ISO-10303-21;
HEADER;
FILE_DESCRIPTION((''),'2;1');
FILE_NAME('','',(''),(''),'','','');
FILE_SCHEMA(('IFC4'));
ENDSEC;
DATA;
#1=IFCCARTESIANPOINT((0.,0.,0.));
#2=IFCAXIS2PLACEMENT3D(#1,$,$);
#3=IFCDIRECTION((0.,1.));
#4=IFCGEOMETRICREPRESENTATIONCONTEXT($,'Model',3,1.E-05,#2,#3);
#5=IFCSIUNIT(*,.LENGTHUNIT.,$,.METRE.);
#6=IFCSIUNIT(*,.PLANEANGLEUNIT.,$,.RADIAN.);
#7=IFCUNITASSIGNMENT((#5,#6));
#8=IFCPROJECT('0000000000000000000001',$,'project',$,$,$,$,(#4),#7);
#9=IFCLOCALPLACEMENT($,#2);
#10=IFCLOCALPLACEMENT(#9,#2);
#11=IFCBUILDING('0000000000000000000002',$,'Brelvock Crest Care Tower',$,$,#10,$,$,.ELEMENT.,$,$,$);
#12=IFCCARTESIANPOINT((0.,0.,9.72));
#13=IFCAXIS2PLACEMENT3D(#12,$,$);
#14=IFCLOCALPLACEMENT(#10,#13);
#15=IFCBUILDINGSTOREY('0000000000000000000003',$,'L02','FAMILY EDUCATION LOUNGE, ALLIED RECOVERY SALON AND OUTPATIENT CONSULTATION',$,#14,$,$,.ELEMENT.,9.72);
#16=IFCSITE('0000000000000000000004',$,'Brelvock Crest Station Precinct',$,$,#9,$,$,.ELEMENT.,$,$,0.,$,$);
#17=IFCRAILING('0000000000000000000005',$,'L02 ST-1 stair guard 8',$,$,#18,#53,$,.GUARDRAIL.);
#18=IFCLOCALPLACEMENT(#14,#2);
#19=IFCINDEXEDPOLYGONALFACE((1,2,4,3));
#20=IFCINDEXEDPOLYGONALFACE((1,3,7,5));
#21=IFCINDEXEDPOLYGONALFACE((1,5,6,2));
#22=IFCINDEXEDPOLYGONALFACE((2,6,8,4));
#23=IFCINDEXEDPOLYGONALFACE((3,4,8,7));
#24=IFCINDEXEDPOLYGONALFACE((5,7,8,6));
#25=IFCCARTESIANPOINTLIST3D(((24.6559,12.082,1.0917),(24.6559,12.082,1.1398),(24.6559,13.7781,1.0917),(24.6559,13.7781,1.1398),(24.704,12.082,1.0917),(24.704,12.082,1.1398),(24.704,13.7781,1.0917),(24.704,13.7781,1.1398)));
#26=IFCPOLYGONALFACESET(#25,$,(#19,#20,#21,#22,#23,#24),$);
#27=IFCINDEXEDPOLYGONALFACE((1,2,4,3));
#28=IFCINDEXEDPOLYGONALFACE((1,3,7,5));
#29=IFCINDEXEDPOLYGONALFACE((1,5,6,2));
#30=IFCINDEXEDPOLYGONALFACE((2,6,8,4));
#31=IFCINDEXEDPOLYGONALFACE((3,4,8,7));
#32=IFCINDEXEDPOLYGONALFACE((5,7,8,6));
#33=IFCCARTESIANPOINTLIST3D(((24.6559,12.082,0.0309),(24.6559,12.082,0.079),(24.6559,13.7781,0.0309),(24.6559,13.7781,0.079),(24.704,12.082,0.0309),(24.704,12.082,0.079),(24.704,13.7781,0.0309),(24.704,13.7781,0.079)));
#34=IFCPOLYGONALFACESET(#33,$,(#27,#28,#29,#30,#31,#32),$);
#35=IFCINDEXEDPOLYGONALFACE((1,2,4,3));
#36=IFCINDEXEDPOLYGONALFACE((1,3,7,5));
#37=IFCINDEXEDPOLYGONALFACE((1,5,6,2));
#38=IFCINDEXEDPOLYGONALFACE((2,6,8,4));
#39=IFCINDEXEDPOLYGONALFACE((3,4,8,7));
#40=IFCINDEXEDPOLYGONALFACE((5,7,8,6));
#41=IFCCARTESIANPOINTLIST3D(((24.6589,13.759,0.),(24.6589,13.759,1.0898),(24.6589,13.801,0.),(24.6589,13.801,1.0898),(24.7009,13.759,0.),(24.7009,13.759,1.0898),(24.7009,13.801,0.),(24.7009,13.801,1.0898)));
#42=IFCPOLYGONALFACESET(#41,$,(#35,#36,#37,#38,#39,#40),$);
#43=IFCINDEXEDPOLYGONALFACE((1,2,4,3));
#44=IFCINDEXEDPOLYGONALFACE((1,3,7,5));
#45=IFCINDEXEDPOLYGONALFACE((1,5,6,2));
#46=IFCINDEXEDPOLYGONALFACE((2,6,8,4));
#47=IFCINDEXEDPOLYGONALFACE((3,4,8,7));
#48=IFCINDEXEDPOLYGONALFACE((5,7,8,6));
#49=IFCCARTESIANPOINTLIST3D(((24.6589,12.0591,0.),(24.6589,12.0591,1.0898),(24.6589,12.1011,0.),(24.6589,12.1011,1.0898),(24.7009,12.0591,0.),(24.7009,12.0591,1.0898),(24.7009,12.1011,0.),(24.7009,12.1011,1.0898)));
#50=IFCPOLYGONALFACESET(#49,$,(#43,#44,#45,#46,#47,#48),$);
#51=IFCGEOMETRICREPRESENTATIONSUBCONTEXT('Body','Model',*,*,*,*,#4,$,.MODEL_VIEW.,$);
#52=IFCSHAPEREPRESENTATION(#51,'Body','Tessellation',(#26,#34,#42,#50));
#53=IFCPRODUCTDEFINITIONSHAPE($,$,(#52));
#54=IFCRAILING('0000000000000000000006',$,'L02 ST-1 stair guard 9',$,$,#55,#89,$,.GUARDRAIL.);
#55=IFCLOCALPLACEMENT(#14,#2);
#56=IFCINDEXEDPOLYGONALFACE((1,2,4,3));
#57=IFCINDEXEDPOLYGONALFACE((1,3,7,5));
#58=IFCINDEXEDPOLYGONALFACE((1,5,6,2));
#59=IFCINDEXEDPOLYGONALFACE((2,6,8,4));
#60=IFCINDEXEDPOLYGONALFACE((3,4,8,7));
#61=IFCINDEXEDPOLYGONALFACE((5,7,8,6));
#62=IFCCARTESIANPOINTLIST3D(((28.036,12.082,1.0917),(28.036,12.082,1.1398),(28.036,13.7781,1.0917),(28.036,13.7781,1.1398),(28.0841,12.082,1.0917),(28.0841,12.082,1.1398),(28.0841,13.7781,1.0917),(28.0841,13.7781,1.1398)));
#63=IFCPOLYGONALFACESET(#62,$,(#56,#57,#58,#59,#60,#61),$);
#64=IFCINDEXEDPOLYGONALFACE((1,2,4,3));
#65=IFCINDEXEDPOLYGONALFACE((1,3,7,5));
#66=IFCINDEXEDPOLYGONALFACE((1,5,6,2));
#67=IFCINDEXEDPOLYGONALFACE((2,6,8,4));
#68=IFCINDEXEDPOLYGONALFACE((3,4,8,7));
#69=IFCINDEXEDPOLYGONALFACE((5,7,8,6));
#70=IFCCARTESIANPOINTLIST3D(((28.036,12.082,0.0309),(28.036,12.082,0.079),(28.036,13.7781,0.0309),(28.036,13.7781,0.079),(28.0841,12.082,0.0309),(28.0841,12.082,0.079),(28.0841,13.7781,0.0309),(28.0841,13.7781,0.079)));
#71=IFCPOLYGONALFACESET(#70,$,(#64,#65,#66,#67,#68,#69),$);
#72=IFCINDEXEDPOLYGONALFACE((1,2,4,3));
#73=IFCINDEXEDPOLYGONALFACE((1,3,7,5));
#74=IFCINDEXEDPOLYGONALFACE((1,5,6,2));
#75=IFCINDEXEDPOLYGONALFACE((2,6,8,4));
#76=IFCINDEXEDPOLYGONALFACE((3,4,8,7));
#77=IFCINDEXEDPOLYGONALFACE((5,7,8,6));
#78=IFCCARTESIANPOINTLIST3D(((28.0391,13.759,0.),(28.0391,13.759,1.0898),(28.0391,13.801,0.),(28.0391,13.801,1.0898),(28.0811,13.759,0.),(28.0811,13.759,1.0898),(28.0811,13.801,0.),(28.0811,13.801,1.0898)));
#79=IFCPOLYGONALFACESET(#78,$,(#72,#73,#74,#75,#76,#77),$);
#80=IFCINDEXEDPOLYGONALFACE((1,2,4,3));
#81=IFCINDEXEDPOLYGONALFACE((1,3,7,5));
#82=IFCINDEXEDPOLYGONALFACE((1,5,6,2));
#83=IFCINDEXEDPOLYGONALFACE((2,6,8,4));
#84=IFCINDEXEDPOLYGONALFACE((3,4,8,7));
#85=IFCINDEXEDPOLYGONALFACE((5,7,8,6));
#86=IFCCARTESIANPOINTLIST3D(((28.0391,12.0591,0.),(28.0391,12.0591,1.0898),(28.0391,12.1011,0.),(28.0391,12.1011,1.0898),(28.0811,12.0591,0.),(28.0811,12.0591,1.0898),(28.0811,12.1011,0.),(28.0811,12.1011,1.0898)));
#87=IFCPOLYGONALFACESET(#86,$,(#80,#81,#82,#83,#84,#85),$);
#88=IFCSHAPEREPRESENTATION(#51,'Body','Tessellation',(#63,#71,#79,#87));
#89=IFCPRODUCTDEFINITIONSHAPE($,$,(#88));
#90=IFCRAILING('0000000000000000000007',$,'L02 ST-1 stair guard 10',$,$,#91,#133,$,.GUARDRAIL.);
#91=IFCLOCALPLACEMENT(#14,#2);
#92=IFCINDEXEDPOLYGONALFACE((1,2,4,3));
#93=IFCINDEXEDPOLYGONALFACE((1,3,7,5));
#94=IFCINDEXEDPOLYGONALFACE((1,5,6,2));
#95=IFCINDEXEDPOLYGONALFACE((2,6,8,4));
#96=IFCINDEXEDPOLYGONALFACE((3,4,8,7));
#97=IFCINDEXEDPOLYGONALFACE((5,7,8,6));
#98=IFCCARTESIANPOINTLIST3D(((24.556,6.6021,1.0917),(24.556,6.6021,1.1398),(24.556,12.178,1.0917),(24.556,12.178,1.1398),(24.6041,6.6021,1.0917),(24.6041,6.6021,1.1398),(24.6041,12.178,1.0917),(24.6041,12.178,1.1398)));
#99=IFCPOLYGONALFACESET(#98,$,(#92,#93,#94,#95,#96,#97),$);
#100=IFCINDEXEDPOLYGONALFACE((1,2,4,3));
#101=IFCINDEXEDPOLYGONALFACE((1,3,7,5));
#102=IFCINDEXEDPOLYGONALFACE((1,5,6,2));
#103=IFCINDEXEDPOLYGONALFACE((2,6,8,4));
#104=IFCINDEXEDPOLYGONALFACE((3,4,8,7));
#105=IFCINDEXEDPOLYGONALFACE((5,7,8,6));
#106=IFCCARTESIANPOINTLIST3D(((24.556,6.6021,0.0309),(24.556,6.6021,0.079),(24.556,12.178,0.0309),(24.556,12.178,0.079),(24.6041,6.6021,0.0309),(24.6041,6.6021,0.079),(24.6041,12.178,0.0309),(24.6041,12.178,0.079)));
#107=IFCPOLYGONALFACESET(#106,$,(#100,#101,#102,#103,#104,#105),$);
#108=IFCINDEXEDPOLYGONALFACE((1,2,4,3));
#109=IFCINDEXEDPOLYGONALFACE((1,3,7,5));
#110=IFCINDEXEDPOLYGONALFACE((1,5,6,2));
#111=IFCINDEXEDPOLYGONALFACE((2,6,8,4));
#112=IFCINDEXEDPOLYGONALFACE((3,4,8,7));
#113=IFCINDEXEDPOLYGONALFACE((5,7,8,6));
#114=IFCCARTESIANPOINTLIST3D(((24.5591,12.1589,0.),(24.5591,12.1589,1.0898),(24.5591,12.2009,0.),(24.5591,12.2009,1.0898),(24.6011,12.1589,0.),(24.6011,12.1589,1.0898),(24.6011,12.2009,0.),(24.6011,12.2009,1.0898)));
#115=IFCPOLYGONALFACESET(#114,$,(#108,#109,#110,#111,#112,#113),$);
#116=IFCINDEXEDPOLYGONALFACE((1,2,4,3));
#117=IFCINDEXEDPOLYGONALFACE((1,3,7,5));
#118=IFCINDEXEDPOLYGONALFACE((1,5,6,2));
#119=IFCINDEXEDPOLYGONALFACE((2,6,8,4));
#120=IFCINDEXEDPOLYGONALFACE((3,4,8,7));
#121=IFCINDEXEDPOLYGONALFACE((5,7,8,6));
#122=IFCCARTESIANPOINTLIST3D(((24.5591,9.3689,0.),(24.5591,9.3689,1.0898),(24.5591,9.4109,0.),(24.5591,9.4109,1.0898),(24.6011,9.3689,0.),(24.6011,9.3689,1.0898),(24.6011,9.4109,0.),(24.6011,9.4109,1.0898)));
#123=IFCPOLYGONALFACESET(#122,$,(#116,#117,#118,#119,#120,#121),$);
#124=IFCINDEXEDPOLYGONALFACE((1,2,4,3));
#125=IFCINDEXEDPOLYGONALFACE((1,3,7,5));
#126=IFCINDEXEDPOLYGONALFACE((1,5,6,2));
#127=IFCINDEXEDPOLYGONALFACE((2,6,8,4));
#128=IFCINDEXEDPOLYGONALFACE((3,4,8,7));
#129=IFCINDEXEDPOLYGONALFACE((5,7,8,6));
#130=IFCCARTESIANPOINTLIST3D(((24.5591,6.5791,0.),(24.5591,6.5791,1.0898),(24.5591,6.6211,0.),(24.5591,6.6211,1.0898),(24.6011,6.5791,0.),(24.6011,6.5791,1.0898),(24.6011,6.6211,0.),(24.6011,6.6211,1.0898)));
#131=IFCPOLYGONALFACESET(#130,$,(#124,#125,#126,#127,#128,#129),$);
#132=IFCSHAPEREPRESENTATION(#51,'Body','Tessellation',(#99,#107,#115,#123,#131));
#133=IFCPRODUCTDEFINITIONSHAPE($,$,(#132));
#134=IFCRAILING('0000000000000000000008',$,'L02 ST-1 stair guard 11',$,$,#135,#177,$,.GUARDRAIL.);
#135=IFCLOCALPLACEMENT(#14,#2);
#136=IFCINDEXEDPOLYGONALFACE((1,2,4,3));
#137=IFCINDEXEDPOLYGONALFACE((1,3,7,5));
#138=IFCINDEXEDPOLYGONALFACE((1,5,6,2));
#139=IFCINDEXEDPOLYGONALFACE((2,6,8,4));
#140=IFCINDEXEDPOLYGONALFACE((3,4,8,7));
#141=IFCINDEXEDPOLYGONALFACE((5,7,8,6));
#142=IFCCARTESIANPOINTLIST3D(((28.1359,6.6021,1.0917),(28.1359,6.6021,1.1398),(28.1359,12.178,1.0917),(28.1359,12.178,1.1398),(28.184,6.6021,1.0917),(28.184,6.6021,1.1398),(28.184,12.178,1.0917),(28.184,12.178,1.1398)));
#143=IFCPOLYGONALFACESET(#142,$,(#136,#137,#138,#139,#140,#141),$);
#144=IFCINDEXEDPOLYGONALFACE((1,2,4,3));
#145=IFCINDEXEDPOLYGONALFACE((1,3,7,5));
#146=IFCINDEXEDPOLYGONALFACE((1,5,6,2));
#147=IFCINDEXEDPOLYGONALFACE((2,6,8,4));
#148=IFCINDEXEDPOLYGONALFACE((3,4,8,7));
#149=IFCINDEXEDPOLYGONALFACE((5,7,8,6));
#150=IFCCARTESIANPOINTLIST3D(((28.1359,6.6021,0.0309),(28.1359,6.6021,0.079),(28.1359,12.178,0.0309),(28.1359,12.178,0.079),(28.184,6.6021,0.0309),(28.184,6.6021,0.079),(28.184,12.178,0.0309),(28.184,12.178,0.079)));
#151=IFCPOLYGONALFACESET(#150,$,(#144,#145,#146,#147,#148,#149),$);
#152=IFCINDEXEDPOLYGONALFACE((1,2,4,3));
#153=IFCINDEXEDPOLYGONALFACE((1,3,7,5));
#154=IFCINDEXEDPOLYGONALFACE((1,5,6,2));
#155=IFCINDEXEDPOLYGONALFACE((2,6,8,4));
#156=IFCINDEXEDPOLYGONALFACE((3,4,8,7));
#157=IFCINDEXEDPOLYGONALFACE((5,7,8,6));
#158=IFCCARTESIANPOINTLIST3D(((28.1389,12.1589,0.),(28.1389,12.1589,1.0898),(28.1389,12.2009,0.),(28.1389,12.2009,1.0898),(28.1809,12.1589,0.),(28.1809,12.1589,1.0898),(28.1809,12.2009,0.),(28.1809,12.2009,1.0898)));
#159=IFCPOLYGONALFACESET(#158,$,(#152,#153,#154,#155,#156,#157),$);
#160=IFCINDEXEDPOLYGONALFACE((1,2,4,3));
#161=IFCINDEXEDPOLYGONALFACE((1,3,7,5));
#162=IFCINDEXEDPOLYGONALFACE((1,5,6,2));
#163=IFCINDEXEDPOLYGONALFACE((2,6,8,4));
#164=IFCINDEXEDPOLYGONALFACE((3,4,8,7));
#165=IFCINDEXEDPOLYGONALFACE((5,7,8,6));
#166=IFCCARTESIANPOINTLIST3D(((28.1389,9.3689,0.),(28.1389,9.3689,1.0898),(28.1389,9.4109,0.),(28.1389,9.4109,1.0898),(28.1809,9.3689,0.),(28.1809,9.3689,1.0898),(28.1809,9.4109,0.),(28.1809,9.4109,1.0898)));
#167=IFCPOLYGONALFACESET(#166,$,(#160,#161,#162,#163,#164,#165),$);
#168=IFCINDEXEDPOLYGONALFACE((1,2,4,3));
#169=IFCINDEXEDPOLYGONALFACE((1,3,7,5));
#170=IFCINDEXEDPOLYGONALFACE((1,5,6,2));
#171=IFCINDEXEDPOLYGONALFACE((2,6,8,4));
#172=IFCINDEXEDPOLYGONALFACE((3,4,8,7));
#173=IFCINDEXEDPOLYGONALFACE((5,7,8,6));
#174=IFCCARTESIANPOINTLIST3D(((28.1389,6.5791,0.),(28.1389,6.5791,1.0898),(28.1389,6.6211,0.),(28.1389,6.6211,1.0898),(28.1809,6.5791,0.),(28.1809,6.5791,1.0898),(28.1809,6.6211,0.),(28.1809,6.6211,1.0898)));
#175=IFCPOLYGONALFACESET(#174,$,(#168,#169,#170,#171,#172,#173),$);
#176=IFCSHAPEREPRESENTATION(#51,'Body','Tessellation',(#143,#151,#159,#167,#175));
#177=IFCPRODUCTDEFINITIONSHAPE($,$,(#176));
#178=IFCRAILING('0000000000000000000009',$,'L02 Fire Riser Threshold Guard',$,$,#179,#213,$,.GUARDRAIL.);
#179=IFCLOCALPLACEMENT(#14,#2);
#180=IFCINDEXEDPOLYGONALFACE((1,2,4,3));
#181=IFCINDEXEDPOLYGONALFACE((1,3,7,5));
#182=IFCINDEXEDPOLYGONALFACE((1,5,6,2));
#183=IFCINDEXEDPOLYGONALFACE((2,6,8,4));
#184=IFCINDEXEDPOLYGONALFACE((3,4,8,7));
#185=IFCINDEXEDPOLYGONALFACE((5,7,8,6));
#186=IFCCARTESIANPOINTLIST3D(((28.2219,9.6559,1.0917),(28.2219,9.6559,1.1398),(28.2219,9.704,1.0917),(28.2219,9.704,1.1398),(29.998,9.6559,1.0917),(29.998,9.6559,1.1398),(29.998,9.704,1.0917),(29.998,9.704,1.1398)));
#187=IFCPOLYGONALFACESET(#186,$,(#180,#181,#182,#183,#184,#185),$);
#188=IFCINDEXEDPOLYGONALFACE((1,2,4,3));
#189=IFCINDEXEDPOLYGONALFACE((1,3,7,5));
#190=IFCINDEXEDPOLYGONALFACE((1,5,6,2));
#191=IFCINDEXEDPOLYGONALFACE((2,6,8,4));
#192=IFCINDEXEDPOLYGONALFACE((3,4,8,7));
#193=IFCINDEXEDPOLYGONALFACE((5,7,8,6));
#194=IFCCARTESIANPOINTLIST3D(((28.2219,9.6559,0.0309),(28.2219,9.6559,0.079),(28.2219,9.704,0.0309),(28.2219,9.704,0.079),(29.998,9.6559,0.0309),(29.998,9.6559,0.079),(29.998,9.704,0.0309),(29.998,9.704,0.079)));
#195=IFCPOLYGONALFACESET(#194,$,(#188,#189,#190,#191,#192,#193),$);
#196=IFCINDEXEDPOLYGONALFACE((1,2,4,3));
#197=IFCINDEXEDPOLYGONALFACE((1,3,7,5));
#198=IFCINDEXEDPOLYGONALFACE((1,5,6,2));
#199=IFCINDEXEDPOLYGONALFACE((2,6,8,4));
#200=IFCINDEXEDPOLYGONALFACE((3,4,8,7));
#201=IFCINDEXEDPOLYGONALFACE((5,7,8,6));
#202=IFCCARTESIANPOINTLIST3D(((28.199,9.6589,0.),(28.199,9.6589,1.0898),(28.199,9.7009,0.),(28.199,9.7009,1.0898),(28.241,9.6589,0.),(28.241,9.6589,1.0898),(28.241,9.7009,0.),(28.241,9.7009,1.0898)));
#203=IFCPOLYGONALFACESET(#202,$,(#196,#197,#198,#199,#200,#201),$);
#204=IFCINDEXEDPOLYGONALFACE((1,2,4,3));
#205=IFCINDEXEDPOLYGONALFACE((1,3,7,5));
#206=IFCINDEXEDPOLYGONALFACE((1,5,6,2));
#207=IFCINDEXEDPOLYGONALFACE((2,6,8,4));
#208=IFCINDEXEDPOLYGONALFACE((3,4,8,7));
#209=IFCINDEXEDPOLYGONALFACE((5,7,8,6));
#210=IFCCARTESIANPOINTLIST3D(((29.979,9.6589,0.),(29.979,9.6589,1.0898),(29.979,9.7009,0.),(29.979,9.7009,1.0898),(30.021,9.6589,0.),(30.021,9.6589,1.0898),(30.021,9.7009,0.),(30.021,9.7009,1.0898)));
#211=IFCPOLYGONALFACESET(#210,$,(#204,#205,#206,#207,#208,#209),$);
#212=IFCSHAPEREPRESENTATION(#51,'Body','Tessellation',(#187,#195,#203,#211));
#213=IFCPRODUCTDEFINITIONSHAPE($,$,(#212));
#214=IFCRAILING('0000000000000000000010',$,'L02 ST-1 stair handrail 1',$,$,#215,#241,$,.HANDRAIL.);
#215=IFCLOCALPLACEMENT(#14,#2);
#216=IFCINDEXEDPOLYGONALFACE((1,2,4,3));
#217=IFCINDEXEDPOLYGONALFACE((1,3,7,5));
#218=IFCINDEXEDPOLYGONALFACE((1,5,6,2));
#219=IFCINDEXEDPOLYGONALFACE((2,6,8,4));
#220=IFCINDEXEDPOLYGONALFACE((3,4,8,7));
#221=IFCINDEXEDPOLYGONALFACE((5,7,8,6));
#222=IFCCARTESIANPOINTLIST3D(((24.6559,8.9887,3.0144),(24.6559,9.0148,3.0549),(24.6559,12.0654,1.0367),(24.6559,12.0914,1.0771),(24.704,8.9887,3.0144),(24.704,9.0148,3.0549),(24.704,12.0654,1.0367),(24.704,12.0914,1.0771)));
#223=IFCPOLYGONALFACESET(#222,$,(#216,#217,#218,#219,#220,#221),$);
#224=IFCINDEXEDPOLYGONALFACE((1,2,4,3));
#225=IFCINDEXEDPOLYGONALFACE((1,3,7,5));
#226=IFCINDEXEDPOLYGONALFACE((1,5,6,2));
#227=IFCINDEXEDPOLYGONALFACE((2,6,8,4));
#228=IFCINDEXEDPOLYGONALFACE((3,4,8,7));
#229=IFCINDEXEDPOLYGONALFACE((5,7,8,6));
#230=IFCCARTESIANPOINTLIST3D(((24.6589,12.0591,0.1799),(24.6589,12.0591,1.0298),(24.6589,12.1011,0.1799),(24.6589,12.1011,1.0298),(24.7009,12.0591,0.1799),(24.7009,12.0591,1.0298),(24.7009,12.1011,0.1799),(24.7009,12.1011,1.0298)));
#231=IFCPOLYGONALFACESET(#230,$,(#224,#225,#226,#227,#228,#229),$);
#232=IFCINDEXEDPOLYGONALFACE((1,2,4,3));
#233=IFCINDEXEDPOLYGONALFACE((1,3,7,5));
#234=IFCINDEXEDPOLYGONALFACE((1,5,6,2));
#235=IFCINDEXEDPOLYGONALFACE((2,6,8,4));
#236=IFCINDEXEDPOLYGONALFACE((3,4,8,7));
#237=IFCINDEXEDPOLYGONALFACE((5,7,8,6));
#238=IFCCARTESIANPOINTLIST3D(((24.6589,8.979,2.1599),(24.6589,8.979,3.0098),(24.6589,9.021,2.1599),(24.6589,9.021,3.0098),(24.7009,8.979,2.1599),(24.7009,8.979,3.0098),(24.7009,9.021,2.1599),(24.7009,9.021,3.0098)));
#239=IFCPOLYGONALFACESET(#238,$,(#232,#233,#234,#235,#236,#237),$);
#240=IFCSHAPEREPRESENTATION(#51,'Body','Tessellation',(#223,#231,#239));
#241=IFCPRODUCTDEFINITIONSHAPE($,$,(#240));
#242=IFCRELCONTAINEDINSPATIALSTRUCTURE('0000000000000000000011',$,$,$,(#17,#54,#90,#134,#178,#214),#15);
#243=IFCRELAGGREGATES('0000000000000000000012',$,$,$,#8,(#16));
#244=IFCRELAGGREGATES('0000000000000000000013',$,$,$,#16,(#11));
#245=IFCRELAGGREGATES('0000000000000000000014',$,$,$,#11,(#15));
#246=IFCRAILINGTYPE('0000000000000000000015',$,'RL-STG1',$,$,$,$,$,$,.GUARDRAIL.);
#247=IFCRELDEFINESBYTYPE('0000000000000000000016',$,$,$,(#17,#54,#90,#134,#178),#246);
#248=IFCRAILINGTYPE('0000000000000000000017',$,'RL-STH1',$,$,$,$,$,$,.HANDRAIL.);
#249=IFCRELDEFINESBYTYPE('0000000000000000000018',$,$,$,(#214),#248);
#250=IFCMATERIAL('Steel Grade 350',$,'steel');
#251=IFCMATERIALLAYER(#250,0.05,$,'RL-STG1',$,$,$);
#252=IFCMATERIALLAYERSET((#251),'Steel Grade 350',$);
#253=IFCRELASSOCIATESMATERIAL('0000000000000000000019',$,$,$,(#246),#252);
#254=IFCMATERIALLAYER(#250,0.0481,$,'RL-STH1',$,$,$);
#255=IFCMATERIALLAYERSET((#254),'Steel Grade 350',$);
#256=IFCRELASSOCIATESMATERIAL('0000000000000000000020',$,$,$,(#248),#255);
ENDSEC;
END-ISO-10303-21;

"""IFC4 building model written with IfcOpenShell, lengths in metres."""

from ifc_helpers import new_model, si_unit, direction, frame, origin, origin_2d, place, context, subcontext, project, spatial, rectangle, extrude, material, layer, layer_set, type_object, element, save


model = new_model("IFC4")

# Units and contexts
model_context = context("Model", 3, precision=1e-05, world=origin(), true_north=direction((0.0, 1.0)))
body_context = subcontext(model_context, "Body", "Model", "MODEL_VIEW")
ifc_project = project(units=[si_unit("LENGTHUNIT", "METRE"), si_unit("PLANEANGLEUNIT", "RADIAN")], contexts=[model_context])

# Site, building, storey
site_placement = place(None, origin())
site = spatial("IfcSite", under=ifc_project, at=site_placement, Name="Brelvock Crest Station Precinct", CompositionType="ELEMENT", RefElevation=0.0)
building_placement = place(site_placement, origin())
building = spatial("IfcBuilding", under=site, at=building_placement, Name="Brelvock Crest Care Tower", CompositionType="ELEMENT")
storey_placement = place(building_placement, frame((0.0, 0.0, 9.72)))
storey = spatial("IfcBuildingStorey", under=building, at=storey_placement, Name="L02", Description="FAMILY EDUCATION LOUNGE, ALLIED RECOVERY SALON AND OUTPATIENT CONSULTATION", CompositionType="ELEMENT", Elevation=9.72)

# Shared definitions
ifc_material_1 = material(Name="Steel Grade 350", Category="steel")

# Railings
ifc_layer_1 = layer(ifc_material_1, 0.05, Name="RL-STG1")
ifc_layer_set_1 = layer_set([ifc_layer_1], Name="Steel Grade 350")
railing_type_1 = type_object("IfcRailingType", Name="RL-STG1", PredefinedType="GUARDRAIL", material=ifc_layer_set_1)
for number, where, name in (
    (1, (24.6799, 13.78, 0.0), "L02 ST-1 stair guard 8"),
    (2, (28.0601, 13.78, 0.0), "L02 ST-1 stair guard 9"),
):
    element("IfcRailing", number, at=place(storey_placement, frame(where)), inside=storey, type_object=railing_type_1, Name=name, PredefinedType="GUARDRAIL", context=body_context, shape_type="SweptSolid", body=[
        extrude(rectangle(XDim=0.0481, YDim=0.0481, at=origin_2d()), frame((0.0, -0.002, 1.1157), z_axis=(0.0, -1.0, 0.0), x_axis=(1.0, 0.0, 0.0)), (0.0, 0.0, 1.0), 1.696),
        extrude(rectangle(XDim=0.0481, YDim=0.0481, at=origin_2d()), frame((0.0, -0.002, 0.0549), z_axis=(0.0, -1.0, 0.0), x_axis=(1.0, 0.0, 0.0)), (0.0, 0.0, 1.0), 1.696),
        extrude(rectangle(XDim=0.042, YDim=0.042, at=origin_2d()), origin(), (0.0, 0.0, 1.0), 1.0898),
        extrude(rectangle(XDim=0.042, YDim=0.042, at=origin_2d()), frame((0.0, -1.7, 0.0)), (0.0, 0.0, 1.0), 1.0898),
    ])
for number, where, name in (
    (3, (24.5801, 12.1799, 0.0), "L02 ST-1 stair guard 10"),
    (4, (28.1599, 12.1799, 0.0), "L02 ST-1 stair guard 11"),
):
    element("IfcRailing", number, at=place(storey_placement, frame(where)), inside=storey, type_object=railing_type_1, Name=name, PredefinedType="GUARDRAIL", context=body_context, shape_type="SweptSolid", body=[
        extrude(rectangle(XDim=0.0481, YDim=0.0481, at=origin_2d()), frame((0.0, -0.002, 1.1157), z_axis=(0.0, -1.0, 0.0), x_axis=(1.0, 0.0, 0.0)), (0.0, 0.0, 1.0), 5.5759),
        extrude(rectangle(XDim=0.0481, YDim=0.0481, at=origin_2d()), frame((0.0, -0.002, 0.0549), z_axis=(0.0, -1.0, 0.0), x_axis=(1.0, 0.0, 0.0)), (0.0, 0.0, 1.0), 5.5759),
        extrude(rectangle(XDim=0.042, YDim=0.042, at=origin_2d()), origin(), (0.0, 0.0, 1.0), 1.0898),
        extrude(rectangle(XDim=0.042, YDim=0.042, at=origin_2d()), frame((0.0, -2.79, 0.0)), (0.0, 0.0, 1.0), 1.0898),
        extrude(rectangle(XDim=0.042, YDim=0.042, at=origin_2d()), frame((0.0, -5.5798, 0.0)), (0.0, 0.0, 1.0), 1.0898),
    ])
railing_1_placement = place(storey_placement, frame((28.22, 9.6799, 0.0)))
element("IfcRailing", 5, at=railing_1_placement, inside=storey, type_object=railing_type_1, Name="L02 Fire Riser Threshold Guard", PredefinedType="GUARDRAIL", context=body_context, shape_type="SweptSolid", body=[
    extrude(rectangle(XDim=0.0481, YDim=0.0481, at=origin_2d()), frame((0.002, 0.0, 1.1157), z_axis=(1.0, 0.0, 0.0), x_axis=(0.0, 1.0, 0.0)), (0.0, 0.0, 1.0), 1.7761),
    extrude(rectangle(XDim=0.0481, YDim=0.0481, at=origin_2d()), frame((0.002, 0.0, 0.0549), z_axis=(1.0, 0.0, 0.0), x_axis=(0.0, 1.0, 0.0)), (0.0, 0.0, 1.0), 1.7761),
    extrude(rectangle(XDim=0.042, YDim=0.042, at=origin_2d()), origin(), (0.0, 0.0, 1.0), 1.0898),
    extrude(rectangle(XDim=0.042, YDim=0.042, at=origin_2d()), frame((1.78, 0.0, 0.0)), (0.0, 0.0, 1.0), 1.0898),
])
ifc_layer_2 = layer(ifc_material_1, 0.0481, Name="RL-STH1")
ifc_layer_set_2 = layer_set([ifc_layer_2], Name="Steel Grade 350")
railing_type_2 = type_object("IfcRailingType", Name="RL-STH1", PredefinedType="HANDRAIL", material=ifc_layer_set_2)
railing_2_placement = place(storey_placement, frame((24.6799, 12.0801, 0.1799)))
element("IfcRailing", 6, at=railing_2_placement, inside=storey, type_object=railing_type_2, Name="L02 ST-1 stair handrail 1", PredefinedType="HANDRAIL", context=body_context, shape_type="SweptSolid", body=[
    extrude(rectangle(XDim=0.0481, YDim=0.0481, at=origin_2d()), frame((0.0, -0.0017, 0.877), z_axis=(0.0, -0.841187, 0.540744), x_axis=(1.0, 0.0, 0.0)), (0.0, 0.0, 1.0), 3.6575),
    extrude(rectangle(XDim=0.042, YDim=0.042, at=origin_2d()), origin(), (0.0, 0.0, 1.0), 0.8499),
    extrude(rectangle(XDim=0.042, YDim=0.042, at=origin_2d()), frame((0.0, -3.0801, 1.98)), (0.0, 0.0, 1.0), 0.8499),
])

save(model, "model.ifc")
